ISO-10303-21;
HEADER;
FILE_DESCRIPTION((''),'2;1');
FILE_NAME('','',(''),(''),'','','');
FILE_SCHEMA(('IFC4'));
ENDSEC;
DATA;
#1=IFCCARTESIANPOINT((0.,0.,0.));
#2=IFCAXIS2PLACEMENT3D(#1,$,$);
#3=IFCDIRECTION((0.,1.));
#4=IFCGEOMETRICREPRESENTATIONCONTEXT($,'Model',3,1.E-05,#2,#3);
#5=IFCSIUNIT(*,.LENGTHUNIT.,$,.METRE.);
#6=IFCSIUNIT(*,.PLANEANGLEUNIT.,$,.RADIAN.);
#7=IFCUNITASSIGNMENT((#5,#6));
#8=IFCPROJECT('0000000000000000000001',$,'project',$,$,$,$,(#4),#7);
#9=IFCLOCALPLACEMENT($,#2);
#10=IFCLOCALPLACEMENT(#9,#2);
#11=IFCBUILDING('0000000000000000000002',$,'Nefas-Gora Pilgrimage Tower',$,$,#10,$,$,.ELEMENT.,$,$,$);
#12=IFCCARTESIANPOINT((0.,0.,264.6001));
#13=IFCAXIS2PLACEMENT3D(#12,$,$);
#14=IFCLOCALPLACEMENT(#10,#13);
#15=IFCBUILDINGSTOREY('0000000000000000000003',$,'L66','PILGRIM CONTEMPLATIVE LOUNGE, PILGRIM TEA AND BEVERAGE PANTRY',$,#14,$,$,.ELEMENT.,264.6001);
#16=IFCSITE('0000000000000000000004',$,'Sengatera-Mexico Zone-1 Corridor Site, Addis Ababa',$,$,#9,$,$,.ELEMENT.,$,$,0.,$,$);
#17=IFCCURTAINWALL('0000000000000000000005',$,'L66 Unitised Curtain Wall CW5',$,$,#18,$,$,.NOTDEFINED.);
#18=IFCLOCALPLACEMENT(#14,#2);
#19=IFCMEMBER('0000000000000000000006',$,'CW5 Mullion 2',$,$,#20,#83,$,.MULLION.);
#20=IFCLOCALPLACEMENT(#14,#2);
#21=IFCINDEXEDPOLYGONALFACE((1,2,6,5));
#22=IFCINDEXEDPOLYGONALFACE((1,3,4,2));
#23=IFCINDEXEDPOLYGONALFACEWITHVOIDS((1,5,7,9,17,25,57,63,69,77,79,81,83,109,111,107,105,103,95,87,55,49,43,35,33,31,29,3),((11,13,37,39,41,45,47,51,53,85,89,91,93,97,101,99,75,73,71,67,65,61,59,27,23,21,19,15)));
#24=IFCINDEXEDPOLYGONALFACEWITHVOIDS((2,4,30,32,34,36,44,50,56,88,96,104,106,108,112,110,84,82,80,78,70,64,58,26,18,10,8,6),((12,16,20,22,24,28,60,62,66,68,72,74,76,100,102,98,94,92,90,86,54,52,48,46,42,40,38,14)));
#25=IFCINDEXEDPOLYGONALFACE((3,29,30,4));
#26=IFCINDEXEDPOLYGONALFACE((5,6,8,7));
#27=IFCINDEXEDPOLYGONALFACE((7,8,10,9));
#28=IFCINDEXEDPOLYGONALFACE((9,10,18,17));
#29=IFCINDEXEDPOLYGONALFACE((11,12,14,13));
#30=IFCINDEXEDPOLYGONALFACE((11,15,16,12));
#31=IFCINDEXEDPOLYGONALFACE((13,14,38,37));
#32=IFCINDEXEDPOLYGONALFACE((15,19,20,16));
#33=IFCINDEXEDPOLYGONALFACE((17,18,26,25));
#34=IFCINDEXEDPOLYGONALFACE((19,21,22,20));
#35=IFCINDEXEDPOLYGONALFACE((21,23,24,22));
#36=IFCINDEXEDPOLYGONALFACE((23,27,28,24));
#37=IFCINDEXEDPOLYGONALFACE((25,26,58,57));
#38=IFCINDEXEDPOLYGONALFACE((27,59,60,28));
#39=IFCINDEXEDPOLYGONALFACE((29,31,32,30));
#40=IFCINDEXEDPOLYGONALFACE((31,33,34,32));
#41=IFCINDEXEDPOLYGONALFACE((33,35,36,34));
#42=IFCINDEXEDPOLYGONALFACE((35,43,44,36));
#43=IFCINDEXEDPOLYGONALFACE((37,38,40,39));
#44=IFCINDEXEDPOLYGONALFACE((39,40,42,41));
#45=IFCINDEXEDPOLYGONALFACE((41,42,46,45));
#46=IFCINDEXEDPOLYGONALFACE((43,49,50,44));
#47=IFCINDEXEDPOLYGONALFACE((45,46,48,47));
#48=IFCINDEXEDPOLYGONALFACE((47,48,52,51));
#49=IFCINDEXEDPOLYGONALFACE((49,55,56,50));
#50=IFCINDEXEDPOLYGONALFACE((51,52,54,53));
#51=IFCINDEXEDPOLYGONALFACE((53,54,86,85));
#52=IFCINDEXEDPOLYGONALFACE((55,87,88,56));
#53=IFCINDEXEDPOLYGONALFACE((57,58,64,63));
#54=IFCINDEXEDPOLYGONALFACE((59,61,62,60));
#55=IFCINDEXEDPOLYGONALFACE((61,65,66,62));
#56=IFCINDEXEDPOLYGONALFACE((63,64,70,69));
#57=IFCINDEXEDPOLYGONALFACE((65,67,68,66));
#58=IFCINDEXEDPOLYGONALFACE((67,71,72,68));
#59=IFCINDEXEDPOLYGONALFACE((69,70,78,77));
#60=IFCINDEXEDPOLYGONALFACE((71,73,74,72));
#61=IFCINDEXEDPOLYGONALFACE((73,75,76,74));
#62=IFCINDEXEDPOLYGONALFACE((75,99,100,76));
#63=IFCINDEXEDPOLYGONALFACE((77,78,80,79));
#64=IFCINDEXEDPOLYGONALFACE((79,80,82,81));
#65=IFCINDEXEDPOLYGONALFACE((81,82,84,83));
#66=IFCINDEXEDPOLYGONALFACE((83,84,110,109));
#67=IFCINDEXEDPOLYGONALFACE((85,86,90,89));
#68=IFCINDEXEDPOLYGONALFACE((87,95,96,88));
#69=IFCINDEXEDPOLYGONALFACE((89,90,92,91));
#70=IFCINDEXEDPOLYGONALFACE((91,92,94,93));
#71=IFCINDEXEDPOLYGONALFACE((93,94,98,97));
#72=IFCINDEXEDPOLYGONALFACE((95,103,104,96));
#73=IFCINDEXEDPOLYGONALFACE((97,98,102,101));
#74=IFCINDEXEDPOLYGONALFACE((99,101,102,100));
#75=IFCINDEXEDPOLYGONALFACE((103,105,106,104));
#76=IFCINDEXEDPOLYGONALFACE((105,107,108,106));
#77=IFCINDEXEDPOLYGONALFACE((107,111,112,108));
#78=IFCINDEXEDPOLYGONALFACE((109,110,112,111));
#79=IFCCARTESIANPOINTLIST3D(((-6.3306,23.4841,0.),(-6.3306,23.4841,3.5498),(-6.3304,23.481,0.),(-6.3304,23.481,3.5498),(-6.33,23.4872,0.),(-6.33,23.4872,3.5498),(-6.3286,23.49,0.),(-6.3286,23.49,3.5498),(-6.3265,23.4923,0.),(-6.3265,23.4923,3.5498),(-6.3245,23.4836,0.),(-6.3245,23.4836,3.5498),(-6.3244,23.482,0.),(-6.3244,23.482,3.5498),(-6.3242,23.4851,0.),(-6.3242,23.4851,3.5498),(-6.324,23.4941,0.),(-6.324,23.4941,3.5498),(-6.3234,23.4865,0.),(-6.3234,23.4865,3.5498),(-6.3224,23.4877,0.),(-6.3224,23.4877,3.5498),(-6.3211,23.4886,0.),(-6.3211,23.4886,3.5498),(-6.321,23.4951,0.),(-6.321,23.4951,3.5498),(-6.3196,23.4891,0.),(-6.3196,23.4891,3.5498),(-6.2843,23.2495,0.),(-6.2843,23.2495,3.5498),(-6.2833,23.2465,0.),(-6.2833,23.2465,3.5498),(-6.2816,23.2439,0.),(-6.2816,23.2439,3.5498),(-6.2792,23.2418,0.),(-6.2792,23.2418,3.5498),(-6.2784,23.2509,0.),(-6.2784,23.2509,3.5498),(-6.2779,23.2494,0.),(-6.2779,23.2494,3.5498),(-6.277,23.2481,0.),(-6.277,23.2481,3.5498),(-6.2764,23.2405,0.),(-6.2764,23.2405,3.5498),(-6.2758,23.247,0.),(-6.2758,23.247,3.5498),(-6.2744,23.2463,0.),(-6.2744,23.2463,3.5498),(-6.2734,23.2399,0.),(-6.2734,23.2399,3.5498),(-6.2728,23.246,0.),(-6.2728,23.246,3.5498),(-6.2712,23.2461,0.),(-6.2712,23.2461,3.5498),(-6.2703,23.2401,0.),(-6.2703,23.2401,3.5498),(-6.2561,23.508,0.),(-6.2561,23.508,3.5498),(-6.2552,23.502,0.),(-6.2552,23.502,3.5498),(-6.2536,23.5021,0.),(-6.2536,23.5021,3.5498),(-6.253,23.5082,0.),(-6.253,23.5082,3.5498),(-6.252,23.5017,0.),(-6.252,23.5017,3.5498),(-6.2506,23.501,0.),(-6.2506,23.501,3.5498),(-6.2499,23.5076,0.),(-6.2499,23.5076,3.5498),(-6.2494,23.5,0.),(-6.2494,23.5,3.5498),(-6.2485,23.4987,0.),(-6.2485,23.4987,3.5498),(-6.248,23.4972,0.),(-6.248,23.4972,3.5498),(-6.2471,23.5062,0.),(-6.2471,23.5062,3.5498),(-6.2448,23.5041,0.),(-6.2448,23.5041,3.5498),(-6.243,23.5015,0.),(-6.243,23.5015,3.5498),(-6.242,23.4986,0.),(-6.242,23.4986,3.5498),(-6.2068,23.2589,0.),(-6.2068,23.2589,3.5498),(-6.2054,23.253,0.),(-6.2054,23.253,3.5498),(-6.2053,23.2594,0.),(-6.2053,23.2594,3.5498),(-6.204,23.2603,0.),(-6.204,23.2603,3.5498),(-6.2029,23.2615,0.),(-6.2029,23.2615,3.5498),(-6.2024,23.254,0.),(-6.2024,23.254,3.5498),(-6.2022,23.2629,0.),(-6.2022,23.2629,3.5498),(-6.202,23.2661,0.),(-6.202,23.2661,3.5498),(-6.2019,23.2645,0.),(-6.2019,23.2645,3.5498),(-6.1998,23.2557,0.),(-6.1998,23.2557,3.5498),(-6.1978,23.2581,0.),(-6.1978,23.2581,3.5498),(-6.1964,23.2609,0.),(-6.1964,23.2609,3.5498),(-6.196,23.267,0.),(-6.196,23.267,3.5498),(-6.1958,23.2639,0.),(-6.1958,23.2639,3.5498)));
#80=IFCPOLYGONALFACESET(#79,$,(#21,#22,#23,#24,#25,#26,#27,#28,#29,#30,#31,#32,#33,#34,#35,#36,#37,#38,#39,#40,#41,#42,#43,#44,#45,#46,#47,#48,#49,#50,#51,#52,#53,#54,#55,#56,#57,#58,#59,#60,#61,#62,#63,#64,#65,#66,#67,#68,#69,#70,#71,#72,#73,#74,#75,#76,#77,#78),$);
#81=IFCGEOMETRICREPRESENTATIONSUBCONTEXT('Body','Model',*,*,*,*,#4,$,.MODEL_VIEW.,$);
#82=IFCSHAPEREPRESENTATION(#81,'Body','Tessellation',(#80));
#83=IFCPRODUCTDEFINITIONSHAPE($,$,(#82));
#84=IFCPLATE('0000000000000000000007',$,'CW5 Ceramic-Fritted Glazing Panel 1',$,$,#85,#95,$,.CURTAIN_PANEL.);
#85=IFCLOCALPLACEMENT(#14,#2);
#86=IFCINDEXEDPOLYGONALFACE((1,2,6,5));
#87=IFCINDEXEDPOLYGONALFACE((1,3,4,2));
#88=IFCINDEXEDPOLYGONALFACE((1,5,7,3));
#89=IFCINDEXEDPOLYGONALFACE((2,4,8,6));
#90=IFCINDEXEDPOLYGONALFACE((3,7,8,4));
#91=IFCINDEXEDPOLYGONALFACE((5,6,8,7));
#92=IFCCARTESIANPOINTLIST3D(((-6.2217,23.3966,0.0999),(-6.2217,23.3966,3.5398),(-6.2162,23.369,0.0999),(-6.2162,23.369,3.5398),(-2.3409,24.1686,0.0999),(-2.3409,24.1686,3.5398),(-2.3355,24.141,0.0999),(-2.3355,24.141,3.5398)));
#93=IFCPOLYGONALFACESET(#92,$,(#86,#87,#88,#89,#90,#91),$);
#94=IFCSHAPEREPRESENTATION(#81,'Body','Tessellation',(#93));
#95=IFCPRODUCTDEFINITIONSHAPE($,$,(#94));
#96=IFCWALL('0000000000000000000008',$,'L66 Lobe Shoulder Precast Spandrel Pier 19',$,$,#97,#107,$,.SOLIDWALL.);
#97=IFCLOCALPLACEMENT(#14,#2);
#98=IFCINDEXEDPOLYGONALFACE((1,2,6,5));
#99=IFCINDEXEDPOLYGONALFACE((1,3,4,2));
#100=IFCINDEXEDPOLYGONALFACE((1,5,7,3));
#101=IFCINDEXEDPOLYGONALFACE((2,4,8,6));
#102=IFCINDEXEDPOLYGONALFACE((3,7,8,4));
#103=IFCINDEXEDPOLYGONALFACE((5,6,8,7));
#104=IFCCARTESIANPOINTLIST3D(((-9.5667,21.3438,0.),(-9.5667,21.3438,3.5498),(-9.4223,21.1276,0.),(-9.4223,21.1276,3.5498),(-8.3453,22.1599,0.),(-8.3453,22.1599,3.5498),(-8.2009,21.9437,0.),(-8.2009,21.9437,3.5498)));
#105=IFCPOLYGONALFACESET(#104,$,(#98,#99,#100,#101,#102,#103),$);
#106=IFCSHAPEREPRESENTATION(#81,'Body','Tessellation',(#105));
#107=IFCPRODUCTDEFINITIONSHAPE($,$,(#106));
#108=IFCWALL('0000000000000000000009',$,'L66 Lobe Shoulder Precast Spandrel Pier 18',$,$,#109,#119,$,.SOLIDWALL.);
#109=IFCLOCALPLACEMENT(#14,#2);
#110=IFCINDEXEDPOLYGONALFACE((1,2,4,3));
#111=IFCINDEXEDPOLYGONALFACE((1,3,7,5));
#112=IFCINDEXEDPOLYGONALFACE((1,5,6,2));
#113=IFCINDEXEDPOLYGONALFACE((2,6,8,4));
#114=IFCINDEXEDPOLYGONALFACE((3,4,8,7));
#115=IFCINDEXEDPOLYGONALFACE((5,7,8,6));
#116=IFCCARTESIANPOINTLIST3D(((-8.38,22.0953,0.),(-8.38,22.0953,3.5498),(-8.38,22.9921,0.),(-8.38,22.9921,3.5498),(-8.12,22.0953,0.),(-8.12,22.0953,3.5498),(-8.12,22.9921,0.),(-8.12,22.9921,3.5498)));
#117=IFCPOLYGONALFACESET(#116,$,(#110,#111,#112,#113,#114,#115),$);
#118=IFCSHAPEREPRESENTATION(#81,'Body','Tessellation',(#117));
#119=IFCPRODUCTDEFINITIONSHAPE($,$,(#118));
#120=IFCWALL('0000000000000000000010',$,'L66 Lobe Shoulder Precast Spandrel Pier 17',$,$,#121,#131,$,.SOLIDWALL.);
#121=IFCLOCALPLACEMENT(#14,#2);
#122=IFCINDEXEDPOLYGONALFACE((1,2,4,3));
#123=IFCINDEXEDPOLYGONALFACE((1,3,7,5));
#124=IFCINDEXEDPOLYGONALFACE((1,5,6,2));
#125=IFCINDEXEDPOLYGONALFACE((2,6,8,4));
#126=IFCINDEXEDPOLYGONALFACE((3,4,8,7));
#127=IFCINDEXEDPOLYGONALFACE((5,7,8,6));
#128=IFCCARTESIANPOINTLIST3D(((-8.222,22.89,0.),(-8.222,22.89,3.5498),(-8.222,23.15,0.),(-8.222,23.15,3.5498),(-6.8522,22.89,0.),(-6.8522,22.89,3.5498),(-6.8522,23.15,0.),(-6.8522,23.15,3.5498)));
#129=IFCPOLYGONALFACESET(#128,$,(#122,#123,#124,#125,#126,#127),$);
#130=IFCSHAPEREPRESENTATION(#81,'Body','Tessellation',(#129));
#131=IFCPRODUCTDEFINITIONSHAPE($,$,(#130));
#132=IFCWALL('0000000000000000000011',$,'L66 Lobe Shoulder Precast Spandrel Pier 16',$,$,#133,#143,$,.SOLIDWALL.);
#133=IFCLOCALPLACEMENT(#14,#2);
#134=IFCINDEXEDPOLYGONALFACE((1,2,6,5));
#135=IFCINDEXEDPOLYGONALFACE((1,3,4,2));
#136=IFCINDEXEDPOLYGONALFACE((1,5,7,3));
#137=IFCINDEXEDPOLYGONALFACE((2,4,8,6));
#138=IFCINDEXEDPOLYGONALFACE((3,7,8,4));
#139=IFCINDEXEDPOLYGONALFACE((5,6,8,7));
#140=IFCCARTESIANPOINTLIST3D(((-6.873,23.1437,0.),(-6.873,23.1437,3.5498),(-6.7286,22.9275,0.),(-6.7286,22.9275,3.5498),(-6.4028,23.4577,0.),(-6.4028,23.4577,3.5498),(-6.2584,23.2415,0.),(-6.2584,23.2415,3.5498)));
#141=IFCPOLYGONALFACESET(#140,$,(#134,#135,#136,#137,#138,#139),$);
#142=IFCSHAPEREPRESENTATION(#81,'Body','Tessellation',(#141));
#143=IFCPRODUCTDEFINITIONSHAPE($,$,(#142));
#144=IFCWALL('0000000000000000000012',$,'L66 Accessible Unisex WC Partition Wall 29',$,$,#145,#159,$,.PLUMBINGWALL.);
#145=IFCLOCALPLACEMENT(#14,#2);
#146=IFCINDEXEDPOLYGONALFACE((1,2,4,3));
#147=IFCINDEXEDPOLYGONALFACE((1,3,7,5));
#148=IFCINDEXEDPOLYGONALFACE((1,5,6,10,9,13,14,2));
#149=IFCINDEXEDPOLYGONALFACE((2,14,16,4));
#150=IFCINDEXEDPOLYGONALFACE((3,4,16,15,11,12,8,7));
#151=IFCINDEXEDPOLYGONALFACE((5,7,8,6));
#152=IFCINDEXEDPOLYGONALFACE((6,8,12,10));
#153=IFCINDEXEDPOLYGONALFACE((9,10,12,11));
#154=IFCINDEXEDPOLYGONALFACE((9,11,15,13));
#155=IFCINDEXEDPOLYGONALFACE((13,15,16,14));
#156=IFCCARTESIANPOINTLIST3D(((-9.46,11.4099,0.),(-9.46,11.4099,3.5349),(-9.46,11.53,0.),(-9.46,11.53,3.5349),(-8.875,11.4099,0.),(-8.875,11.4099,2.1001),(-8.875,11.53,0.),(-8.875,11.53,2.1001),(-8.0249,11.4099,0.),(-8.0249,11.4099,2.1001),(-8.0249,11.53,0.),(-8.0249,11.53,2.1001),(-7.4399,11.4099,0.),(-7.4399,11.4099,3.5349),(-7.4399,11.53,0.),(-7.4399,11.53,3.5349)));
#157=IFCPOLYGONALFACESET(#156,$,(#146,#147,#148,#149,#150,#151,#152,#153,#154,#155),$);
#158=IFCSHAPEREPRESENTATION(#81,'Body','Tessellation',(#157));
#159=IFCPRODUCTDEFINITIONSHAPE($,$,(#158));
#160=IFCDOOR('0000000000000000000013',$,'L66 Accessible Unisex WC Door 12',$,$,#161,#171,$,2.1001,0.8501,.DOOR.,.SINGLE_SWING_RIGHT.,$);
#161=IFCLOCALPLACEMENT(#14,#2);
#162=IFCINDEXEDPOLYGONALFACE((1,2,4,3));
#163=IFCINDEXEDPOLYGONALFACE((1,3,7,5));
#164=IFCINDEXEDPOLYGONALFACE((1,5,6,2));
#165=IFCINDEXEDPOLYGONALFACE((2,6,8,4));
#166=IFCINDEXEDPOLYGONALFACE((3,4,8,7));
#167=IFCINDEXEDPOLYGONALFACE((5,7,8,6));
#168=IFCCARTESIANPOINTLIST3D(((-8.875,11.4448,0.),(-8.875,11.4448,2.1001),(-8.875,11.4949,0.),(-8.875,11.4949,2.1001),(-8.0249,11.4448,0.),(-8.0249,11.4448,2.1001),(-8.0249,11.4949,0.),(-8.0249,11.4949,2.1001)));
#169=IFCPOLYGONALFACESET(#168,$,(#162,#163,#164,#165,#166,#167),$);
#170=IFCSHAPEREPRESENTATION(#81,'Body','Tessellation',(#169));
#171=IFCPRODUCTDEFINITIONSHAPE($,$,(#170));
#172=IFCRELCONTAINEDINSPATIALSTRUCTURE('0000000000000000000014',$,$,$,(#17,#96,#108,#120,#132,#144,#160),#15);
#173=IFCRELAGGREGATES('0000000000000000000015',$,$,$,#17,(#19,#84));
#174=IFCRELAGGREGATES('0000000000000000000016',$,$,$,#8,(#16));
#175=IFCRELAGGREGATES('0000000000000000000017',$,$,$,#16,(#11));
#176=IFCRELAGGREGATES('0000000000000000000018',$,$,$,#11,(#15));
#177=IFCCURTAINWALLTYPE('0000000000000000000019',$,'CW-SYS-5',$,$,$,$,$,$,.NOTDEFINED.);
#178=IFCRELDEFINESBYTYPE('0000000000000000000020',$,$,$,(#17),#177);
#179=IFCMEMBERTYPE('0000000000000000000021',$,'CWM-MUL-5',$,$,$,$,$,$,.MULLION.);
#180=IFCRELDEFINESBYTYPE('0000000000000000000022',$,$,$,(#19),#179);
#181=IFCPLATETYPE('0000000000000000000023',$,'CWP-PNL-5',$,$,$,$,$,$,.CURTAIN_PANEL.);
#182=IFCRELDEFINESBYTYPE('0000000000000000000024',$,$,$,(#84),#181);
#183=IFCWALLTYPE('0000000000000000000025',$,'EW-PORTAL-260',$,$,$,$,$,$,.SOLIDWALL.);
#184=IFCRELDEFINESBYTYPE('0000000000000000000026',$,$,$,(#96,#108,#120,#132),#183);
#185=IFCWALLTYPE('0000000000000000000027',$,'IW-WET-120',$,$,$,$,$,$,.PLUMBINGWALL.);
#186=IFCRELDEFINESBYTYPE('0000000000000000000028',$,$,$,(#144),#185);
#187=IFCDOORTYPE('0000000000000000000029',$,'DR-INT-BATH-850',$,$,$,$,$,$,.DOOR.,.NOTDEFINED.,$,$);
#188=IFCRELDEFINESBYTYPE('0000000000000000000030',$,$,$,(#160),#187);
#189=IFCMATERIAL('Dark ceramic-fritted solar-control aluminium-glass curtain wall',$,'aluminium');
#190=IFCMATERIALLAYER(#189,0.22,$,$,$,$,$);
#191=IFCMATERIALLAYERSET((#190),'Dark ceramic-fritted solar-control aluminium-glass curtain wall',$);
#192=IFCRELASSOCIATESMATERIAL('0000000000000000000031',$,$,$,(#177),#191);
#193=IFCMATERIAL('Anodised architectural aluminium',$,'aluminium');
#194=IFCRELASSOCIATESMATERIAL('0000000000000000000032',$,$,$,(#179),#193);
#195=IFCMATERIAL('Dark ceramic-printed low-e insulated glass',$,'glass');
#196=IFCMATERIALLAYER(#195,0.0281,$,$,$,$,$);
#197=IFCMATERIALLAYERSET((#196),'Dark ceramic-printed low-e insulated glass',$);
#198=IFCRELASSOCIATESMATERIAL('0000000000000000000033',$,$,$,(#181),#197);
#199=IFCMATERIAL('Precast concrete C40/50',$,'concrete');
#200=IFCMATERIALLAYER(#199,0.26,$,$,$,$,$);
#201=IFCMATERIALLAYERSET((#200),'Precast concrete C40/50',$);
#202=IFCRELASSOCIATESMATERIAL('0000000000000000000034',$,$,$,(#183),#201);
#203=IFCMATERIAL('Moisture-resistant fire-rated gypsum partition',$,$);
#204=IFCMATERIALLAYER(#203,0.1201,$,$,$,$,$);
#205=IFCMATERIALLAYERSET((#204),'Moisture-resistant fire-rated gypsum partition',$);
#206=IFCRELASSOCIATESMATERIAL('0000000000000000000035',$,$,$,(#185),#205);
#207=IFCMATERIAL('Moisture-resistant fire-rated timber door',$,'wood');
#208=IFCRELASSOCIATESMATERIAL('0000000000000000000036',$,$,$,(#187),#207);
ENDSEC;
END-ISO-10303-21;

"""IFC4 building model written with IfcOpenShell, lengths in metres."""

from ifc_helpers import new_model, si_unit, direction, frame, frame_2d, origin, origin_2d, place, context, subcontext, project, spatial, rectangle, hollow_rectangle, extrude, source, transform, mapped, material, layer, layer_set, material_profile, profile_set, type_object, element, fill, aggregate, save


model = new_model("IFC4")

# Units and contexts
model_context = context("Model", 3, precision=1e-05, world=origin(), true_north=direction((0.0, 1.0)))
body_context = subcontext(model_context, "Body", "Model", "MODEL_VIEW")
ifc_project = project(units=[si_unit("LENGTHUNIT", "METRE"), si_unit("PLANEANGLEUNIT", "RADIAN")], contexts=[model_context])

# Site, building, storey
site_placement = place(None, origin())
site = spatial("IfcSite", under=ifc_project, at=site_placement, Name="Sengatera-Mexico Zone-1 Corridor Site, Addis Ababa", CompositionType="ELEMENT", RefElevation=0.0)
building_placement = place(site_placement, origin())
building = spatial("IfcBuilding", under=site, at=building_placement, Name="Nefas-Gora Pilgrimage Tower", CompositionType="ELEMENT")
storey_placement = place(building_placement, frame((0.0, 0.0, 264.6001)))
storey = spatial("IfcBuildingStorey", under=building, at=storey_placement, Name="L66", Description="PILGRIM CONTEMPLATIVE LOUNGE, PILGRIM TEA AND BEVERAGE PANTRY", CompositionType="ELEMENT", Elevation=264.6001)

# Curtain wall, member, plate
ifc_material_1 = material(Name="Dark ceramic-fritted solar-control aluminium-glass curtain wall", Category="aluminium")
ifc_layer_1 = layer(ifc_material_1, 0.22)
ifc_layer_set_1 = layer_set([ifc_layer_1], Name="Dark ceramic-fritted solar-control aluminium-glass curtain wall")
curtain_wall_type = type_object("IfcCurtainWallType", Name="CW-SYS-5", PredefinedType="NOTDEFINED", material=ifc_layer_set_1)
curtain_wall_placement = place(storey_placement, origin())
curtain_wall = element("IfcCurtainWall", 1, at=curtain_wall_placement, inside=storey, type_object=curtain_wall_type, Name="L66 Unitised Curtain Wall CW5", PredefinedType="NOTDEFINED")
ifc_material_2 = material(Name="Anodised architectural aluminium", Category="aluminium")
ifc_material_profile_1 = material_profile(ifc_material_2, hollow_rectangle(XDim=0.0901, YDim=0.26, WallThickness=0.0061, InnerFilletRadius=0.0061, OuterFilletRadius=0.012, at=origin_2d()), Name="ALU MULLION 90x260")
ifc_profile_set_1 = profile_set([ifc_material_profile_1], Name="Anodised architectural aluminium")
member_type_1 = type_object("IfcMemberType", Name="CWM-MUL-5", PredefinedType="MULLION", material=ifc_profile_set_1)
shared_shape_1 = source(origin(), body_context, "Body", "SweptSolid", [
    extrude(hollow_rectangle(XDim=0.0901, YDim=0.26, WallThickness=0.0061, InnerFilletRadius=0.0061, OuterFilletRadius=0.012, at=origin_2d()), origin(), (0.0, 0.0, 1.0), 3.5498),
])
member_1_placement = place(storey_placement, frame((-6.2632, 23.374, 0.0), z_axis=(0.0, 0.0, 1.0), x_axis=(-0.980783, -0.195102, 0.0)))
member_1 = element("IfcMember", 2, at=member_1_placement, type_object=member_type_1, Name="CW5 Mullion 2", PredefinedType="MULLION", context=body_context, shape_type="MappedRepresentation", body=[
    mapped(shared_shape_1, transform((0.0, 0.0, 0.0), x_axis=(1.0, 0.0, 0.0), y_axis=(0.0, 1.0, 0.0), z_axis=(0.0, 0.0, 1.0), scale=1.0)),
])
ifc_material_3 = material(Name="Dark ceramic-printed low-e insulated glass", Category="glass")
ifc_layer_2 = layer(ifc_material_3, 0.0281)
ifc_layer_set_2 = layer_set([ifc_layer_2], Name="Dark ceramic-printed low-e insulated glass")
plate_type = type_object("IfcPlateType", Name="CWP-PNL-5", PredefinedType="CURTAIN_PANEL", material=ifc_layer_set_2)
shared_shape_2 = source(origin(), body_context, "Body", "SweptSolid", [
    extrude(rectangle(XDim=3.9568, YDim=0.0281, at=origin_2d()), origin(), (0.0, 0.0, 1.0), 3.4399),
])
plate_placement = place(storey_placement, frame((-4.2786, 23.7688, 0.0999), z_axis=(0.0, 0.0, 1.0), x_axis=(-0.980783, -0.195102, 0.0)))
plate = element("IfcPlate", 3, at=plate_placement, type_object=plate_type, Name="CW5 Ceramic-Fritted Glazing Panel 1", PredefinedType="CURTAIN_PANEL", context=body_context, shape_type="MappedRepresentation", body=[
    mapped(shared_shape_2, transform((0.0, 0.0, 0.0), x_axis=(1.0, 0.0, 0.0), y_axis=(0.0, 1.0, 0.0), z_axis=(0.0, 0.0, 1.0), scale=1.0)),
])
aggregate(curtain_wall, [member_1, plate])

# Walls
ifc_material_4 = material(Name="Precast concrete C40/50", Category="concrete")
ifc_layer_3 = layer(ifc_material_4, 0.26)
ifc_layer_set_3 = layer_set([ifc_layer_3], Name="Precast concrete C40/50")
wall_type_1 = type_object("IfcWallType", Name="EW-PORTAL-260", PredefinedType="SOLIDWALL", material=ifc_layer_set_3)
shared_shape_3 = source(origin(), body_context, "Body", "SweptSolid", [
    extrude(rectangle(XDim=1.469, YDim=0.26, at=frame_2d((0.7344, 0.0))), origin(), (0.0, 0.0, 1.0), 3.5498),
])
wall_1_placement = place(storey_placement, frame((-8.2732, 22.0518, 0.0), z_axis=(0.0, 0.0, 1.0), x_axis=(-0.831462, -0.555582, 0.0)))
element("IfcWall", 4, at=wall_1_placement, inside=storey, type_object=wall_type_1, Name="L66 Lobe Shoulder Precast Spandrel Pier 19", PredefinedType="SOLIDWALL", context=body_context, shape_type="MappedRepresentation", body=[
    mapped(shared_shape_3, transform((0.0, 0.0, 0.0), x_axis=(1.0, 0.0, 0.0), y_axis=(0.0, 1.0, 0.0), z_axis=(0.0, 0.0, 1.0), scale=1.0)),
])
shared_shape_4 = source(origin(), body_context, "Body", "SweptSolid", [
    extrude(rectangle(XDim=0.8967, YDim=0.26, at=frame_2d((0.4482, 0.0))), origin(), (0.0, 0.0, 1.0), 3.5498),
])
wall_2_placement = place(storey_placement, frame((-8.25, 22.9919, 0.0), z_axis=(0.0, 0.0, 1.0), x_axis=(0.0, -1.0, 0.0)))
element("IfcWall", 5, at=wall_2_placement, inside=storey, type_object=wall_type_1, Name="L66 Lobe Shoulder Precast Spandrel Pier 18", PredefinedType="SOLIDWALL", context=body_context, shape_type="MappedRepresentation", body=[
    mapped(shared_shape_4, transform((0.0, 0.0, 0.0), x_axis=(1.0, 0.0, 0.0), y_axis=(0.0, 1.0, 0.0), z_axis=(0.0, 0.0, 1.0), scale=1.0)),
])
shared_shape_5 = source(origin(), body_context, "Body", "SweptSolid", [
    extrude(rectangle(XDim=1.3699, YDim=0.26, at=frame_2d((0.6851, 0.0))), origin(), (0.0, 0.0, 1.0), 3.5498),
])
wall_3_placement = place(storey_placement, frame((-6.8521, 23.02, 0.0), z_axis=(0.0, 0.0, 1.0), x_axis=(-1.0, 0.0, 0.0)))
element("IfcWall", 6, at=wall_3_placement, inside=storey, type_object=wall_type_1, Name="L66 Lobe Shoulder Precast Spandrel Pier 17", PredefinedType="SOLIDWALL", context=body_context, shape_type="MappedRepresentation", body=[
    mapped(shared_shape_5, transform((0.0, 0.0, 0.0), x_axis=(1.0, 0.0, 0.0), y_axis=(0.0, 1.0, 0.0), z_axis=(0.0, 0.0, 1.0), scale=1.0)),
])
shared_shape_6 = source(origin(), body_context, "Body", "SweptSolid", [
    extrude(rectangle(XDim=0.5654, YDim=0.26, at=frame_2d((0.2827, 0.0))), origin(), (0.0, 0.0, 1.0), 3.5498),
])
wall_4_placement = place(storey_placement, frame((-6.3306, 23.3496, 0.0), z_axis=(0.0, 0.0, 1.0), x_axis=(-0.831651, -0.555298, 0.0)))
element("IfcWall", 7, at=wall_4_placement, inside=storey, type_object=wall_type_1, Name="L66 Lobe Shoulder Precast Spandrel Pier 16", PredefinedType="SOLIDWALL", context=body_context, shape_type="MappedRepresentation", body=[
    mapped(shared_shape_6, transform((0.0, 0.0, 0.0), x_axis=(1.0, 0.0, 0.0), y_axis=(0.0, 1.0, 0.0), z_axis=(0.0, 0.0, 1.0), scale=1.0)),
])

# Wall, opening, door
ifc_material_5 = material(Name="Moisture-resistant fire-rated gypsum partition")
ifc_layer_4 = layer(ifc_material_5, 0.1201)
ifc_layer_set_4 = layer_set([ifc_layer_4], Name="Moisture-resistant fire-rated gypsum partition")
wall_type_2 = type_object("IfcWallType", Name="IW-WET-120", PredefinedType="PLUMBINGWALL", material=ifc_layer_set_4)
shared_shape_7 = source(origin(), body_context, "Body", "SweptSolid", [
    extrude(rectangle(XDim=2.02, YDim=0.1201, at=frame_2d((1.01, 0.0))), origin(), (0.0, 0.0, 1.0), 3.5349),
])
wall_5_placement = place(storey_placement, frame((-9.46, 11.47, 0.0), z_axis=(0.0, 0.0, 1.0), x_axis=(1.0, 0.0, 0.0)))
wall_5 = element("IfcWall", 8, at=wall_5_placement, inside=storey, type_object=wall_type_2, Name="L66 Accessible Unisex WC Partition Wall 29", PredefinedType="PLUMBINGWALL", context=body_context, shape_type="MappedRepresentation", body=[
    mapped(shared_shape_7, transform((0.0, 0.0, 0.0), x_axis=(1.0, 0.0, 0.0), y_axis=(0.0, 1.0, 0.0), z_axis=(0.0, 0.0, 1.0), scale=1.0)),
])
opening_1_placement = place(wall_5_placement, frame((0.585, 0.0, 0.0)))
opening_1 = element("IfcOpeningElement", 9, at=opening_1_placement, cuts=wall_5, PredefinedType="OPENING", context=body_context, shape_type="SweptSolid", body=[
    extrude(rectangle(XDim=0.8501, YDim=2.1001, at=frame_2d((0.425, 1.05))), frame((0.0, 0.0701, 0.0), z_axis=(0.0, -1.0, 0.0), x_axis=(1.0, 0.0, 0.0)), (0.0, 0.0, 1.0), 0.1401),
])
ifc_material_6 = material(Name="Moisture-resistant fire-rated timber door", Category="wood")
door_type_1 = type_object("IfcDoorType", Name="DR-INT-BATH-850", OperationType="NOTDEFINED", PredefinedType="DOOR", material=ifc_material_6)
shared_shape_8 = source(origin(), body_context, "Body", "SweptSolid", [
    extrude(rectangle(XDim=0.8501, YDim=2.1001, at=frame_2d((0.425, 1.05))), frame((0.0, 0.0249, 0.0), z_axis=(0.0, -1.0, 0.0), x_axis=(1.0, 0.0, 0.0)), (0.0, 0.0, 1.0), 0.05),
])
door_1_placement = place(opening_1_placement, origin())
door_1 = element("IfcDoor", 10, at=door_1_placement, inside=storey, type_object=door_type_1, Name="L66 Accessible Unisex WC Door 12", OperationType="SINGLE_SWING_RIGHT", OverallHeight=2.1001, OverallWidth=0.8501, PredefinedType="DOOR", context=body_context, shape_type="MappedRepresentation", body=[
    mapped(shared_shape_8, transform((0.0, 0.0, 0.0), x_axis=(1.0, 0.0, 0.0), y_axis=(0.0, 1.0, 0.0), z_axis=(0.0, 0.0, 1.0), scale=1.0)),
])
fill(opening_1, door_1)

save(model, "model.ifc")
